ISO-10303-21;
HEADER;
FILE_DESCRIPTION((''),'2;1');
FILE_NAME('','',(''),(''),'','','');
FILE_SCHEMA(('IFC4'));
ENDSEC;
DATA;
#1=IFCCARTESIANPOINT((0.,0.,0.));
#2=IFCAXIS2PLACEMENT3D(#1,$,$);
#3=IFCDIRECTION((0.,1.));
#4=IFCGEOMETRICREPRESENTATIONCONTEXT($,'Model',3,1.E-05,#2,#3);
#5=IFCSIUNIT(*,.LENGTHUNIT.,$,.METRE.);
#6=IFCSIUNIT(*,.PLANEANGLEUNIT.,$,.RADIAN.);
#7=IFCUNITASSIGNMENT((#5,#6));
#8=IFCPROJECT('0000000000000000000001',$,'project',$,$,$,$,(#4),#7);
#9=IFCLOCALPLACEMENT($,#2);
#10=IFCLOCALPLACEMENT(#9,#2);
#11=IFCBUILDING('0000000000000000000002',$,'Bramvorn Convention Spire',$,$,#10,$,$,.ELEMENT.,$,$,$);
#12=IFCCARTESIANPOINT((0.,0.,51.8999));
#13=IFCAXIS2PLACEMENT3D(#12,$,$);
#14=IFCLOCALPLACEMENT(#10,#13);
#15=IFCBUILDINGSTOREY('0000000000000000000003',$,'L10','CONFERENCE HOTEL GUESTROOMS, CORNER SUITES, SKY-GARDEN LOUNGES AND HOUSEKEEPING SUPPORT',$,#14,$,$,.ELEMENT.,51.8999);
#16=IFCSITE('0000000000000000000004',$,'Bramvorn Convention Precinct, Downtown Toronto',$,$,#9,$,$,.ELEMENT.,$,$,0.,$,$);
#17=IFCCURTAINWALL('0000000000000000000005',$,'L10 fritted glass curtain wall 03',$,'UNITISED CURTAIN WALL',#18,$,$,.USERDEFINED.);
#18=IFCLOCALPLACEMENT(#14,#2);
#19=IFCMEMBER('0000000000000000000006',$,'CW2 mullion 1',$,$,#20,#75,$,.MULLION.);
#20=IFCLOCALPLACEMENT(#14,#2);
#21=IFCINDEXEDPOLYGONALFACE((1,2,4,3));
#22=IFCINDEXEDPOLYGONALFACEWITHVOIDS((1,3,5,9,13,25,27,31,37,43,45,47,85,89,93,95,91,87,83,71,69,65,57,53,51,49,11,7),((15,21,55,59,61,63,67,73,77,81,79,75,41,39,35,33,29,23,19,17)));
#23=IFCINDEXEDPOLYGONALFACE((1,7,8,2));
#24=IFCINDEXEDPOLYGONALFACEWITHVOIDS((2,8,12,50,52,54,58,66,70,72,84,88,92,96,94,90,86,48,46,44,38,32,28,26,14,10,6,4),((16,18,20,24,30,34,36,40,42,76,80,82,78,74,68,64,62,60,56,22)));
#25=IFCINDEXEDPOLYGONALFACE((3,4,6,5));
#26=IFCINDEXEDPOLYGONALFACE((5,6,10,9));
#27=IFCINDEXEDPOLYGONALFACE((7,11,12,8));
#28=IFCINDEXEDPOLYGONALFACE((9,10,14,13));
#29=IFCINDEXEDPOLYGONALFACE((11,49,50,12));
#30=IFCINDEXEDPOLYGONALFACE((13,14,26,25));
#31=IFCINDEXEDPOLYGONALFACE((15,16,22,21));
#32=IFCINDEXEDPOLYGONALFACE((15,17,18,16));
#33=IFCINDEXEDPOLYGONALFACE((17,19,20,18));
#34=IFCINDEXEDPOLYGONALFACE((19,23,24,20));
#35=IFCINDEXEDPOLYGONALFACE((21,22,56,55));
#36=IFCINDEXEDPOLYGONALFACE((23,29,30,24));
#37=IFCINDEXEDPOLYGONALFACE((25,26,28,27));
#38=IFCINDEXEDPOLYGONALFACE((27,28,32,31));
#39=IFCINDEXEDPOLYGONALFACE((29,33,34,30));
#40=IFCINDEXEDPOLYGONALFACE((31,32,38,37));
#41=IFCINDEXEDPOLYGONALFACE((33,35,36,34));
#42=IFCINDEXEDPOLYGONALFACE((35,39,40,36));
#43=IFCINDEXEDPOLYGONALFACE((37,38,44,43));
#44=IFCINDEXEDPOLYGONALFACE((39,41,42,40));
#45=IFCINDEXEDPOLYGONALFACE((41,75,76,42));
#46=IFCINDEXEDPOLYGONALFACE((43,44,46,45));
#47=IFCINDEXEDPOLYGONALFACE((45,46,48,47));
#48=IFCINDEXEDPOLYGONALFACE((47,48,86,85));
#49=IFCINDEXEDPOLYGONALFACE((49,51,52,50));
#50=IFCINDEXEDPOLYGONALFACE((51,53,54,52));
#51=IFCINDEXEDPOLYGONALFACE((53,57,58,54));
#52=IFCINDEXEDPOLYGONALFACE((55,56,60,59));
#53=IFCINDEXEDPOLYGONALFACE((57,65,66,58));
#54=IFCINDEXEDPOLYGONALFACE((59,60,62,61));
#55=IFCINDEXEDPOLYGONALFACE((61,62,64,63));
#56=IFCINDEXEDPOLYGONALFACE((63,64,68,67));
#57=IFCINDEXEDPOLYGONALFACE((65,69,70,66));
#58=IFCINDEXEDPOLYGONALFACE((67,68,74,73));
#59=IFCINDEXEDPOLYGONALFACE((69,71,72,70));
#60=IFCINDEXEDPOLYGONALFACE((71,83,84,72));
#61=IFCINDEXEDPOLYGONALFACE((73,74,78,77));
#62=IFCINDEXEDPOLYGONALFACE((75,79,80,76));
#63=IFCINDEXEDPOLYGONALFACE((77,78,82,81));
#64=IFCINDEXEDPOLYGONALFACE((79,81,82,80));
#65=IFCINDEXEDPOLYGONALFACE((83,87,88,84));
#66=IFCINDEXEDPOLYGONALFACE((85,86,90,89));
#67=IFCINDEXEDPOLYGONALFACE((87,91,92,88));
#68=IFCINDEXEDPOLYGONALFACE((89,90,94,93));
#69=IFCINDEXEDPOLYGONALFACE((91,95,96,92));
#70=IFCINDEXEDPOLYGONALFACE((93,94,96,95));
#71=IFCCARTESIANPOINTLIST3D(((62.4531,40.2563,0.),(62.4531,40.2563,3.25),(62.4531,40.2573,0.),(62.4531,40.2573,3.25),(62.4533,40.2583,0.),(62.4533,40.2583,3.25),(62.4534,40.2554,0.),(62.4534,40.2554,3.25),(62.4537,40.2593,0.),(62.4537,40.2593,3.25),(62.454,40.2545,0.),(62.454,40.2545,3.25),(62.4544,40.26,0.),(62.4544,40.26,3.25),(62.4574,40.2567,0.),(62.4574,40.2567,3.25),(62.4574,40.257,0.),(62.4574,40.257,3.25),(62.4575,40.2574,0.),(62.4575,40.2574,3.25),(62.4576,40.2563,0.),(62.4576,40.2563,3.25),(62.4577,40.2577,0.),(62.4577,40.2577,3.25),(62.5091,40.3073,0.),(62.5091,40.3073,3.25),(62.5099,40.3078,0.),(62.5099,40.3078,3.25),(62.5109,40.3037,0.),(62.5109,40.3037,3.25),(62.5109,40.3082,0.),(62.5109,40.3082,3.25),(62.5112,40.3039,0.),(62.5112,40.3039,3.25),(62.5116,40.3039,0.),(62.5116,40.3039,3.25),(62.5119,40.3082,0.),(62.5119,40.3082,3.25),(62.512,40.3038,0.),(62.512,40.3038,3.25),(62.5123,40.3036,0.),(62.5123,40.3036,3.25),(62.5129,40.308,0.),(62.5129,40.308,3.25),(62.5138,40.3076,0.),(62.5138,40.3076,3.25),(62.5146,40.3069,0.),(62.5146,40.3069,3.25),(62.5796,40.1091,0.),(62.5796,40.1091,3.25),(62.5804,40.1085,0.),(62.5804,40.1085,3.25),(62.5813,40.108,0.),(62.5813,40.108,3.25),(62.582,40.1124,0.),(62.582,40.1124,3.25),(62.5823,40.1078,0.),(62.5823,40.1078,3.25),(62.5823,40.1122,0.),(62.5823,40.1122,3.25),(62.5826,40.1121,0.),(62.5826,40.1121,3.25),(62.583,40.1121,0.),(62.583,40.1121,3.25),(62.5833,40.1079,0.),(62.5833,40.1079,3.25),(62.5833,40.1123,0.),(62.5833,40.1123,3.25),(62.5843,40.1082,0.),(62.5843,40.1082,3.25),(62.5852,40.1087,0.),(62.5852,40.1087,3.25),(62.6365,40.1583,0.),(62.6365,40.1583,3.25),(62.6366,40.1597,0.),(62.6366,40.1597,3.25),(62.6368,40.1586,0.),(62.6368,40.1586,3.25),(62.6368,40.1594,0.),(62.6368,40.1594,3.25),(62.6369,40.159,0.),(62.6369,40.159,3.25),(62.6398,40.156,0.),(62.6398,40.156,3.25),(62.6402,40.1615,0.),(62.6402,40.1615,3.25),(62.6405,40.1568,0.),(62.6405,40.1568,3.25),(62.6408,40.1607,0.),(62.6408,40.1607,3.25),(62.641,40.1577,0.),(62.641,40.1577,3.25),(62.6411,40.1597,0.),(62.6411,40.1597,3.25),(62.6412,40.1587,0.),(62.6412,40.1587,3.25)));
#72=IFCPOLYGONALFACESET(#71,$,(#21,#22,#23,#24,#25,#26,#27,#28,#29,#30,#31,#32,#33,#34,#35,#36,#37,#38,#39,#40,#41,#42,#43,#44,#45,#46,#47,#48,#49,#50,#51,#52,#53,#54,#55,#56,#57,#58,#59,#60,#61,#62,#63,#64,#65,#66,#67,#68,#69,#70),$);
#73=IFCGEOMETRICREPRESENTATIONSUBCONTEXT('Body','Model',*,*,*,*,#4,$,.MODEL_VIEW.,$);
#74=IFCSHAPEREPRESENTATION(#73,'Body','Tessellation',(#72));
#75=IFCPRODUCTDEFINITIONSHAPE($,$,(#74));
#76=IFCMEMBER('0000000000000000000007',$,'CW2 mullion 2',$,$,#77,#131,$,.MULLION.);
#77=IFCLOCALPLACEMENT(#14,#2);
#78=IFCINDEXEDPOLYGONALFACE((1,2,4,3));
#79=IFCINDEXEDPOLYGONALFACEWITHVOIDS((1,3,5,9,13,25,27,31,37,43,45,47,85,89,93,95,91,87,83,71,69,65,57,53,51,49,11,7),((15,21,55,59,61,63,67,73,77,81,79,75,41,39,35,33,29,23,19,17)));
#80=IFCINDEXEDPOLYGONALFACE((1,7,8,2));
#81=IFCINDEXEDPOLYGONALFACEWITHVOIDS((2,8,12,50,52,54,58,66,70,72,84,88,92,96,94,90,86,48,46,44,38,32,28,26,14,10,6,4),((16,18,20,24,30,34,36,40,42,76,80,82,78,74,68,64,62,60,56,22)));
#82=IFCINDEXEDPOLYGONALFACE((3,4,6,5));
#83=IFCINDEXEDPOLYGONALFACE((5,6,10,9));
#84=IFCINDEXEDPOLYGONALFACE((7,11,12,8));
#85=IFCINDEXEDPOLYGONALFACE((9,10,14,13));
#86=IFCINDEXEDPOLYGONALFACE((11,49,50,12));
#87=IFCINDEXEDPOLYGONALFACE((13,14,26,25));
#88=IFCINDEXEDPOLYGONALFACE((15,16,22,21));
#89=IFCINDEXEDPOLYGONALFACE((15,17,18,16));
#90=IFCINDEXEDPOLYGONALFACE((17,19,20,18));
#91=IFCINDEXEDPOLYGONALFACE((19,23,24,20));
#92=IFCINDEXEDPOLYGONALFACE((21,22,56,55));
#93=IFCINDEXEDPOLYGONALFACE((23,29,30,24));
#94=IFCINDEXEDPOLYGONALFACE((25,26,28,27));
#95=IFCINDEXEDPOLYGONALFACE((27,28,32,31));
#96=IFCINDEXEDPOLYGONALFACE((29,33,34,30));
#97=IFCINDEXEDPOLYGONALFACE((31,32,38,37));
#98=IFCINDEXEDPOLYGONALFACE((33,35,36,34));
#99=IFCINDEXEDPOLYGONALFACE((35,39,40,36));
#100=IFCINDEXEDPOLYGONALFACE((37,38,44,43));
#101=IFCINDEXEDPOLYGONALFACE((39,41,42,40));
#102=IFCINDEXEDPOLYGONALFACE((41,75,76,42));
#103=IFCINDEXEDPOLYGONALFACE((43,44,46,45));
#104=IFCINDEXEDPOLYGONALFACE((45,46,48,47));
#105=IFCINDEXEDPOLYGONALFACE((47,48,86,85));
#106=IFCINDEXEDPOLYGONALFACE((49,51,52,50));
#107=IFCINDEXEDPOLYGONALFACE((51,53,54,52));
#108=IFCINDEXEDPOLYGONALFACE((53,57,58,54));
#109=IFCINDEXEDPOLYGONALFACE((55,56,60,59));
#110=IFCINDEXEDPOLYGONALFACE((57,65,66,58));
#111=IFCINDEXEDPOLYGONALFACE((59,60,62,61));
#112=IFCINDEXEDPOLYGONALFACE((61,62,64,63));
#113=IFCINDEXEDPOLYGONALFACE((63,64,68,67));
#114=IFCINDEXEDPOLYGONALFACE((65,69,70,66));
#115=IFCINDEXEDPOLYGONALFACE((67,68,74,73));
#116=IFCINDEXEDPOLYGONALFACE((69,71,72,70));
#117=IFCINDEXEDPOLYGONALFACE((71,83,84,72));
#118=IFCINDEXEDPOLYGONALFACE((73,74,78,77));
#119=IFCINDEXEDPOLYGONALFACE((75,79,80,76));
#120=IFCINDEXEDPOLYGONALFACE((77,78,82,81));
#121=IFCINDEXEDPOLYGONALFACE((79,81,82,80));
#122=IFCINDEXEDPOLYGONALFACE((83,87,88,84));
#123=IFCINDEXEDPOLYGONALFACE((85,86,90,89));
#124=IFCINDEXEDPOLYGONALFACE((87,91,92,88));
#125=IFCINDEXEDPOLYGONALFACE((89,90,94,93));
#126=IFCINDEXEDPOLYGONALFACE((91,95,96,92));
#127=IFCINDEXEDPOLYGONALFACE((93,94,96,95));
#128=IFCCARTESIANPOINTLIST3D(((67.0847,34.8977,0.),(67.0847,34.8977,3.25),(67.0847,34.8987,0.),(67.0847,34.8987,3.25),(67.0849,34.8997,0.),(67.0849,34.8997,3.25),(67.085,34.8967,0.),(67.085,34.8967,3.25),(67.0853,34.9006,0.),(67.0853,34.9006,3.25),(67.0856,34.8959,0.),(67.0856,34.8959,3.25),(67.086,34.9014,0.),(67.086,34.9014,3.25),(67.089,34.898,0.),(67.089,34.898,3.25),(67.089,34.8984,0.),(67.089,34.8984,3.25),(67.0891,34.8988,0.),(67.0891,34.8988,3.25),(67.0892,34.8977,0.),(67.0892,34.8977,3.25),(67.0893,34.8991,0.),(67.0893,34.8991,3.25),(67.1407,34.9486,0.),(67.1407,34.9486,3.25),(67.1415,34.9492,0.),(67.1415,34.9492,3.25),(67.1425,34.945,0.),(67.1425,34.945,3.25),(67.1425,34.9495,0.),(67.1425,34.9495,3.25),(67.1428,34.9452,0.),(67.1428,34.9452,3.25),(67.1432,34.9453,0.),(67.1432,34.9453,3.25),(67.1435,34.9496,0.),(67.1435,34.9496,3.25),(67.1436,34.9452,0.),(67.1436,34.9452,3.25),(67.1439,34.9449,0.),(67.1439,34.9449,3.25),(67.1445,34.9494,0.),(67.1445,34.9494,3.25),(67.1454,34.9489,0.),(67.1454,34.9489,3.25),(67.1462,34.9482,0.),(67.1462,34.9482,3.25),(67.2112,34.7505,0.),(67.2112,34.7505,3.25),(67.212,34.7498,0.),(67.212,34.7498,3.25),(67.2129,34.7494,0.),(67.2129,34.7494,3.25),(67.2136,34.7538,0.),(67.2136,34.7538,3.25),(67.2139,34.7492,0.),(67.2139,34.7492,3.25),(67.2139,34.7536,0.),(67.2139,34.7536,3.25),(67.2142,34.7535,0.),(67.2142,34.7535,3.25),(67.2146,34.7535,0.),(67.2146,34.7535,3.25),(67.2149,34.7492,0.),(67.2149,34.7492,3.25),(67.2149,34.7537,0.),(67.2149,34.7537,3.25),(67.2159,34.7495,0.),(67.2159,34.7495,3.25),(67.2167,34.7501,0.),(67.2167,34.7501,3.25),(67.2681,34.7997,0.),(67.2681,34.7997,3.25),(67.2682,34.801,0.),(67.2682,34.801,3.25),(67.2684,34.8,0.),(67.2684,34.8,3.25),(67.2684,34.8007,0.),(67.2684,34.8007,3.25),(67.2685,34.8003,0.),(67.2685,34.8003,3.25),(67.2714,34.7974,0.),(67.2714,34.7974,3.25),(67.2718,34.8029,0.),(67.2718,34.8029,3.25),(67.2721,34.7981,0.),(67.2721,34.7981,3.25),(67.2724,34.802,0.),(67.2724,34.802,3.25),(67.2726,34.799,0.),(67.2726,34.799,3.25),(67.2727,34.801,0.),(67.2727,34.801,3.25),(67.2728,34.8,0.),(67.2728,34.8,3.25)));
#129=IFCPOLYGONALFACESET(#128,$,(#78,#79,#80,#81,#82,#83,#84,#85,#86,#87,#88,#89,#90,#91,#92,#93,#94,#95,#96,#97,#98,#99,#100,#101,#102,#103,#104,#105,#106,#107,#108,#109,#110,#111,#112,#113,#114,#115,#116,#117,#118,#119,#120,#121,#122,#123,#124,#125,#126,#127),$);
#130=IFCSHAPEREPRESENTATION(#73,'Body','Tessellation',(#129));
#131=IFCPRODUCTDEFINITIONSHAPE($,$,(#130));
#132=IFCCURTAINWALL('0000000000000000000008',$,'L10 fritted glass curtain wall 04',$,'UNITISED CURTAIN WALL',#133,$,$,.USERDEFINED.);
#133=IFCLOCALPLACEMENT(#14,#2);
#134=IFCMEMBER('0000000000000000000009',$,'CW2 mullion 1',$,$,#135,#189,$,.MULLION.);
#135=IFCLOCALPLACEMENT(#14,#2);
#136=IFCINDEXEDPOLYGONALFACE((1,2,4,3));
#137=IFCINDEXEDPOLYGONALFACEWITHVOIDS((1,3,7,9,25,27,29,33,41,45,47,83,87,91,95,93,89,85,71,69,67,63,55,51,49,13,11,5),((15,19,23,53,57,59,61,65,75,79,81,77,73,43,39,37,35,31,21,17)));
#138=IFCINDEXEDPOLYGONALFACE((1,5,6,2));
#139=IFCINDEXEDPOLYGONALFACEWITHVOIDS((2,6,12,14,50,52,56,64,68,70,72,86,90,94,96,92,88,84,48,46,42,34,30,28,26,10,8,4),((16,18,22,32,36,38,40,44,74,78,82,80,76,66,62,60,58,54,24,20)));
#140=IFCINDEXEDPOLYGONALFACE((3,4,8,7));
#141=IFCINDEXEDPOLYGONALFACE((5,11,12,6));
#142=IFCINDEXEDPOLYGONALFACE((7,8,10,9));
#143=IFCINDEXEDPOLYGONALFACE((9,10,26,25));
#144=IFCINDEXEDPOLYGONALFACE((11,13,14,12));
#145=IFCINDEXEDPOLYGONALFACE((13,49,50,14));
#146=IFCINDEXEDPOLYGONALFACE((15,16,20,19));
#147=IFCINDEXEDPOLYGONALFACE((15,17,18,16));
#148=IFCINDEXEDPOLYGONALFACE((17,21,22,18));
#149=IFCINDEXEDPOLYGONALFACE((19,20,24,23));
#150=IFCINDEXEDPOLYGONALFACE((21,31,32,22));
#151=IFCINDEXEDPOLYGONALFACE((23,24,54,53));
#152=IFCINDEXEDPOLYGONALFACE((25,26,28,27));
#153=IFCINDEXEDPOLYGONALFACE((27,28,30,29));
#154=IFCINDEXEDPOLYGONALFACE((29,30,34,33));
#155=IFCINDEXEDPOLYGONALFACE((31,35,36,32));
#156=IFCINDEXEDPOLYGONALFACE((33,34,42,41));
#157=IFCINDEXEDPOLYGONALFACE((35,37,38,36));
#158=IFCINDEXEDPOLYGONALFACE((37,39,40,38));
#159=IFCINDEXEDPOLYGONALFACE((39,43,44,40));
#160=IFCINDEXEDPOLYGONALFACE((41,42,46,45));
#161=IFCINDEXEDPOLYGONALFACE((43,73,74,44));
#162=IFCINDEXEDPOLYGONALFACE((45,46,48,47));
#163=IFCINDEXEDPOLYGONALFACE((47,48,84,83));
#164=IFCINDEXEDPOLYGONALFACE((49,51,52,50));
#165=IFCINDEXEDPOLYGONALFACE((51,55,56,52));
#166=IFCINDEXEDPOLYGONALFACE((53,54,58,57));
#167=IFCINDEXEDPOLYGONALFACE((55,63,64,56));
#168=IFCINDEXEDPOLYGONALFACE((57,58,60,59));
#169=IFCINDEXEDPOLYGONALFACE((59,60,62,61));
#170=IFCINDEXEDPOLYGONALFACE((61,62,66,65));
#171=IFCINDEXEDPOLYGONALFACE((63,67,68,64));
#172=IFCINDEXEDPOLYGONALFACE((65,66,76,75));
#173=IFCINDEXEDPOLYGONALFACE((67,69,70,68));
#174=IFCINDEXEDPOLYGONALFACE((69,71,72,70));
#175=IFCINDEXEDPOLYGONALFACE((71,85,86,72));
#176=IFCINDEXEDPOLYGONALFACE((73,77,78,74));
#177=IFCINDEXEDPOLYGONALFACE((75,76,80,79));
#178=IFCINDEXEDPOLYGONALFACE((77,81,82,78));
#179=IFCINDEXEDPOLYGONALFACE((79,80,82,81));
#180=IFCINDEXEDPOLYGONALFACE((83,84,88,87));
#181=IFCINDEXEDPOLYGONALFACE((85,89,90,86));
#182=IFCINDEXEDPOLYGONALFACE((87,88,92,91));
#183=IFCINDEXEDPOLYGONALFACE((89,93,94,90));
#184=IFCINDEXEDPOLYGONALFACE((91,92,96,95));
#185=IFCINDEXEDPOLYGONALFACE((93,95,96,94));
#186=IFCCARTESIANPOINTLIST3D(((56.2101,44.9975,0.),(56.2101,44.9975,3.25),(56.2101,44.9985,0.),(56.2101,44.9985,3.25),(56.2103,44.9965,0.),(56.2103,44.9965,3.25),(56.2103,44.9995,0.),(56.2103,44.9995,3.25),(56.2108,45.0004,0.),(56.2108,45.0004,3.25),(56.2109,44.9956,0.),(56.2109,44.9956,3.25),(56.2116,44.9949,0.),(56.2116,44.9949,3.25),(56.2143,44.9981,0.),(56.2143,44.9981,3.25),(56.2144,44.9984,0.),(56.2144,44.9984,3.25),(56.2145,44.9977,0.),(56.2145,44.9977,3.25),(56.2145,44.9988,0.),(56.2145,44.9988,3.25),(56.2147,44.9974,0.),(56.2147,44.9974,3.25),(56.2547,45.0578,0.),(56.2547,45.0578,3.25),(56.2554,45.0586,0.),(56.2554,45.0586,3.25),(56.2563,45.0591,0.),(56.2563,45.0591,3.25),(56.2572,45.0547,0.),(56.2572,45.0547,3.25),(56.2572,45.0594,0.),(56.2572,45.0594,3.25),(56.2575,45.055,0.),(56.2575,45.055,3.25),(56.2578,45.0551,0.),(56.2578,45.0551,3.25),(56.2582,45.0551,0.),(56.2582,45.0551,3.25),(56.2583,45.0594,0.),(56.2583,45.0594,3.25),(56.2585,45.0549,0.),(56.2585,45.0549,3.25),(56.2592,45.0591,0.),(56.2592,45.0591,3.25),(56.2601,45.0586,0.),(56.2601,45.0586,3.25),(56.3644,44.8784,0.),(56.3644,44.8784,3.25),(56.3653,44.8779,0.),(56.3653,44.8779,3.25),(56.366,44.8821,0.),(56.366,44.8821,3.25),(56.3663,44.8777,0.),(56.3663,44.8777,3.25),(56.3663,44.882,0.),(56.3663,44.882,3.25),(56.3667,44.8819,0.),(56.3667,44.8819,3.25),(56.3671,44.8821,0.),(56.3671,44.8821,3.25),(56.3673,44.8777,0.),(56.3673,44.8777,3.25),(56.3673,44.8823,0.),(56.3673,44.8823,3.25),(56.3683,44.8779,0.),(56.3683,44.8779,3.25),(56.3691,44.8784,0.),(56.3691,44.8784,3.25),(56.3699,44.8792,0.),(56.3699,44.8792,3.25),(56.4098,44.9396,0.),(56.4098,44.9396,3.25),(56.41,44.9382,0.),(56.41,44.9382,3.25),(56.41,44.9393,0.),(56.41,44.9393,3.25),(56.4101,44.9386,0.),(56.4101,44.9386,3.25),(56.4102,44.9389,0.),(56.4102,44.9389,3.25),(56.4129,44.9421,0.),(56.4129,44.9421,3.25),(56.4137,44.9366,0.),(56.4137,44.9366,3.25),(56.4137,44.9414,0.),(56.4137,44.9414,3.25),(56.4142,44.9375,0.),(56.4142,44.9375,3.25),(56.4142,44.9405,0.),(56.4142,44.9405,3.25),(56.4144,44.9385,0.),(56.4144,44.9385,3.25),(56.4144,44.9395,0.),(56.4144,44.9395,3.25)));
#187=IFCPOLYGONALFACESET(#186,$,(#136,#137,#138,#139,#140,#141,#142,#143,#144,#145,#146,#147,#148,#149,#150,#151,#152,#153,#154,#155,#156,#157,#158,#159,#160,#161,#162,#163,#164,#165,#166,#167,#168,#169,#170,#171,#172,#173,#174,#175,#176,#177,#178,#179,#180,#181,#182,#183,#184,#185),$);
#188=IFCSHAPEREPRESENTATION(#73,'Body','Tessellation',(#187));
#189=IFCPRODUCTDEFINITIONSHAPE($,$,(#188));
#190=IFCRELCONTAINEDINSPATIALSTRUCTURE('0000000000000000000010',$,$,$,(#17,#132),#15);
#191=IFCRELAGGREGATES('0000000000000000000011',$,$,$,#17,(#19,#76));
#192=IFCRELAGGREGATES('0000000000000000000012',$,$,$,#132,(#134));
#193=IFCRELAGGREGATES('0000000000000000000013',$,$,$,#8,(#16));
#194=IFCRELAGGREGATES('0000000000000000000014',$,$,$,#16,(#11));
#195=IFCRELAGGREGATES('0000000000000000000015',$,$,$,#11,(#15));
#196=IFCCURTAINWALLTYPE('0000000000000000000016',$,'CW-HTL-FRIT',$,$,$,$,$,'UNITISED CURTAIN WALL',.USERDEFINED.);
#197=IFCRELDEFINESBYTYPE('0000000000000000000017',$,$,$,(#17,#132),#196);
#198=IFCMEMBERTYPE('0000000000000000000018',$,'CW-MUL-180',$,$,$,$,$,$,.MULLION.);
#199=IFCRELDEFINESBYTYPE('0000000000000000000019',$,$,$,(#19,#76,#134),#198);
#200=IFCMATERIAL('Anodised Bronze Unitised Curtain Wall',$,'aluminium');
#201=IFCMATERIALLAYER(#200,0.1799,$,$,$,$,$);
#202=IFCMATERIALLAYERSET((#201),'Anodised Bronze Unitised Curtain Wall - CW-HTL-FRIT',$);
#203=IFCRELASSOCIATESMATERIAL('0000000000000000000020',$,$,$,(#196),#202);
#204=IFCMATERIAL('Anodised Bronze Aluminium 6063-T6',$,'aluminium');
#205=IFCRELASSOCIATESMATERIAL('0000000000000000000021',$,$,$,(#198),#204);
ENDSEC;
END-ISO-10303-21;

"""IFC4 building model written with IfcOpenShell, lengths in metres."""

from ifc_helpers import new_model, si_unit, direction, frame, origin, origin_2d, place, context, subcontext, project, spatial, hollow_rectangle, extrude, material, layer, layer_set, material_profile, profile_set, type_object, element, aggregate, save


model = new_model("IFC4")

# Units and contexts
model_context = context("Model", 3, precision=1e-05, world=origin(), true_north=direction((0.0, 1.0)))
body_context = subcontext(model_context, "Body", "Model", "MODEL_VIEW")
ifc_project = project(units=[si_unit("LENGTHUNIT", "METRE"), si_unit("PLANEANGLEUNIT", "RADIAN")], contexts=[model_context])

# Site, building, storey
site_placement = place(None, origin())
site = spatial("IfcSite", under=ifc_project, at=site_placement, Name="Bramvorn Convention Precinct, Downtown Toronto", CompositionType="ELEMENT", RefElevation=0.0)
building_placement = place(site_placement, origin())
building = spatial("IfcBuilding", under=site, at=building_placement, Name="Bramvorn Convention Spire", CompositionType="ELEMENT")
storey_placement = place(building_placement, frame((0.0, 0.0, 51.8999)))
storey = spatial("IfcBuildingStorey", under=building, at=storey_placement, Name="L10", Description="CONFERENCE HOTEL GUESTROOMS, CORNER SUITES, SKY-GARDEN LOUNGES AND HOUSEKEEPING SUPPORT", CompositionType="ELEMENT", Elevation=51.8999)

# Curtain walls, members
ifc_material_1 = material(Name="Anodised Bronze Unitised Curtain Wall", Category="aluminium")
ifc_layer_1 = layer(ifc_material_1, 0.1799)
ifc_layer_set_1 = layer_set([ifc_layer_1], Name="Anodised Bronze Unitised Curtain Wall - CW-HTL-FRIT")
curtain_wall_type_1 = type_object("IfcCurtainWallType", Name="CW-HTL-FRIT", ElementType="UNITISED CURTAIN WALL", PredefinedType="USERDEFINED", material=ifc_layer_set_1)
curtain_wall_1_placement = place(storey_placement, origin())
curtain_wall_1 = element("IfcCurtainWall", 1, at=curtain_wall_1_placement, inside=storey, type_object=curtain_wall_type_1, Name="L10 fritted glass curtain wall 03", ObjectType="UNITISED CURTAIN WALL", PredefinedType="USERDEFINED")
ifc_material_2 = material(Name="Anodised Bronze Aluminium 6063-T6", Category="aluminium")
ifc_material_profile_1 = material_profile(ifc_material_2, hollow_rectangle(XDim=0.0801, YDim=0.2, WallThickness=0.0039, InnerFilletRadius=0.001, OuterFilletRadius=0.0039, at=origin_2d()))
ifc_profile_set_1 = profile_set([ifc_material_profile_1], Name="Anodised Bronze Aluminium 6063-T6 - CWM80X200")
member_type_1 = type_object("IfcMemberType", Name="CW-MUL-180", PredefinedType="MULLION", material=ifc_profile_set_1)
member_1_placement = place(storey_placement, frame((62.5471, 40.208, 0.0), z_axis=(0.0, 0.0, 1.0), x_axis=(0.756572, 0.65391, 0.0)))
member_1 = element("IfcMember", 2, at=member_1_placement, type_object=member_type_1, Name="CW2 mullion 1", PredefinedType="MULLION", context=body_context, shape_type="SweptSolid", body=[
    extrude(hollow_rectangle(XDim=0.0801, YDim=0.2, WallThickness=0.0039, InnerFilletRadius=0.001, OuterFilletRadius=0.0039, at=origin_2d()), origin(), (0.0, 0.0, 1.0), 3.25),
])
member_2_placement = place(storey_placement, frame((67.1787, 34.8494, 0.0), z_axis=(0.0, 0.0, 1.0), x_axis=(0.756572, 0.65391, 0.0)))
member_2 = element("IfcMember", 3, at=member_2_placement, type_object=member_type_1, Name="CW2 mullion 2", PredefinedType="MULLION", context=body_context, shape_type="SweptSolid", body=[
    extrude(hollow_rectangle(XDim=0.0801, YDim=0.2, WallThickness=0.0039, InnerFilletRadius=0.001, OuterFilletRadius=0.0039, at=origin_2d()), origin(), (0.0, 0.0, 1.0), 3.25),
])
curtain_wall_2_placement = place(storey_placement, origin())
curtain_wall_2 = element("IfcCurtainWall", 4, at=curtain_wall_2_placement, inside=storey, type_object=curtain_wall_type_1, Name="L10 fritted glass curtain wall 04", ObjectType="UNITISED CURTAIN WALL", PredefinedType="USERDEFINED")
member_3_placement = place(storey_placement, frame((56.3123, 44.9685, 0.0), z_axis=(0.0, 0.0, 1.0), x_axis=(0.606227, 0.795292, 0.0)))
member_3 = element("IfcMember", 5, at=member_3_placement, type_object=member_type_1, Name="CW2 mullion 1", PredefinedType="MULLION", context=body_context, shape_type="SweptSolid", body=[
    extrude(hollow_rectangle(XDim=0.0801, YDim=0.2, WallThickness=0.0039, InnerFilletRadius=0.001, OuterFilletRadius=0.0039, at=origin_2d()), origin(), (0.0, 0.0, 1.0), 3.25),
])

aggregate(curtain_wall_1, [member_1, member_2])
aggregate(curtain_wall_2, [member_3])

save(model, "model.ifc")
